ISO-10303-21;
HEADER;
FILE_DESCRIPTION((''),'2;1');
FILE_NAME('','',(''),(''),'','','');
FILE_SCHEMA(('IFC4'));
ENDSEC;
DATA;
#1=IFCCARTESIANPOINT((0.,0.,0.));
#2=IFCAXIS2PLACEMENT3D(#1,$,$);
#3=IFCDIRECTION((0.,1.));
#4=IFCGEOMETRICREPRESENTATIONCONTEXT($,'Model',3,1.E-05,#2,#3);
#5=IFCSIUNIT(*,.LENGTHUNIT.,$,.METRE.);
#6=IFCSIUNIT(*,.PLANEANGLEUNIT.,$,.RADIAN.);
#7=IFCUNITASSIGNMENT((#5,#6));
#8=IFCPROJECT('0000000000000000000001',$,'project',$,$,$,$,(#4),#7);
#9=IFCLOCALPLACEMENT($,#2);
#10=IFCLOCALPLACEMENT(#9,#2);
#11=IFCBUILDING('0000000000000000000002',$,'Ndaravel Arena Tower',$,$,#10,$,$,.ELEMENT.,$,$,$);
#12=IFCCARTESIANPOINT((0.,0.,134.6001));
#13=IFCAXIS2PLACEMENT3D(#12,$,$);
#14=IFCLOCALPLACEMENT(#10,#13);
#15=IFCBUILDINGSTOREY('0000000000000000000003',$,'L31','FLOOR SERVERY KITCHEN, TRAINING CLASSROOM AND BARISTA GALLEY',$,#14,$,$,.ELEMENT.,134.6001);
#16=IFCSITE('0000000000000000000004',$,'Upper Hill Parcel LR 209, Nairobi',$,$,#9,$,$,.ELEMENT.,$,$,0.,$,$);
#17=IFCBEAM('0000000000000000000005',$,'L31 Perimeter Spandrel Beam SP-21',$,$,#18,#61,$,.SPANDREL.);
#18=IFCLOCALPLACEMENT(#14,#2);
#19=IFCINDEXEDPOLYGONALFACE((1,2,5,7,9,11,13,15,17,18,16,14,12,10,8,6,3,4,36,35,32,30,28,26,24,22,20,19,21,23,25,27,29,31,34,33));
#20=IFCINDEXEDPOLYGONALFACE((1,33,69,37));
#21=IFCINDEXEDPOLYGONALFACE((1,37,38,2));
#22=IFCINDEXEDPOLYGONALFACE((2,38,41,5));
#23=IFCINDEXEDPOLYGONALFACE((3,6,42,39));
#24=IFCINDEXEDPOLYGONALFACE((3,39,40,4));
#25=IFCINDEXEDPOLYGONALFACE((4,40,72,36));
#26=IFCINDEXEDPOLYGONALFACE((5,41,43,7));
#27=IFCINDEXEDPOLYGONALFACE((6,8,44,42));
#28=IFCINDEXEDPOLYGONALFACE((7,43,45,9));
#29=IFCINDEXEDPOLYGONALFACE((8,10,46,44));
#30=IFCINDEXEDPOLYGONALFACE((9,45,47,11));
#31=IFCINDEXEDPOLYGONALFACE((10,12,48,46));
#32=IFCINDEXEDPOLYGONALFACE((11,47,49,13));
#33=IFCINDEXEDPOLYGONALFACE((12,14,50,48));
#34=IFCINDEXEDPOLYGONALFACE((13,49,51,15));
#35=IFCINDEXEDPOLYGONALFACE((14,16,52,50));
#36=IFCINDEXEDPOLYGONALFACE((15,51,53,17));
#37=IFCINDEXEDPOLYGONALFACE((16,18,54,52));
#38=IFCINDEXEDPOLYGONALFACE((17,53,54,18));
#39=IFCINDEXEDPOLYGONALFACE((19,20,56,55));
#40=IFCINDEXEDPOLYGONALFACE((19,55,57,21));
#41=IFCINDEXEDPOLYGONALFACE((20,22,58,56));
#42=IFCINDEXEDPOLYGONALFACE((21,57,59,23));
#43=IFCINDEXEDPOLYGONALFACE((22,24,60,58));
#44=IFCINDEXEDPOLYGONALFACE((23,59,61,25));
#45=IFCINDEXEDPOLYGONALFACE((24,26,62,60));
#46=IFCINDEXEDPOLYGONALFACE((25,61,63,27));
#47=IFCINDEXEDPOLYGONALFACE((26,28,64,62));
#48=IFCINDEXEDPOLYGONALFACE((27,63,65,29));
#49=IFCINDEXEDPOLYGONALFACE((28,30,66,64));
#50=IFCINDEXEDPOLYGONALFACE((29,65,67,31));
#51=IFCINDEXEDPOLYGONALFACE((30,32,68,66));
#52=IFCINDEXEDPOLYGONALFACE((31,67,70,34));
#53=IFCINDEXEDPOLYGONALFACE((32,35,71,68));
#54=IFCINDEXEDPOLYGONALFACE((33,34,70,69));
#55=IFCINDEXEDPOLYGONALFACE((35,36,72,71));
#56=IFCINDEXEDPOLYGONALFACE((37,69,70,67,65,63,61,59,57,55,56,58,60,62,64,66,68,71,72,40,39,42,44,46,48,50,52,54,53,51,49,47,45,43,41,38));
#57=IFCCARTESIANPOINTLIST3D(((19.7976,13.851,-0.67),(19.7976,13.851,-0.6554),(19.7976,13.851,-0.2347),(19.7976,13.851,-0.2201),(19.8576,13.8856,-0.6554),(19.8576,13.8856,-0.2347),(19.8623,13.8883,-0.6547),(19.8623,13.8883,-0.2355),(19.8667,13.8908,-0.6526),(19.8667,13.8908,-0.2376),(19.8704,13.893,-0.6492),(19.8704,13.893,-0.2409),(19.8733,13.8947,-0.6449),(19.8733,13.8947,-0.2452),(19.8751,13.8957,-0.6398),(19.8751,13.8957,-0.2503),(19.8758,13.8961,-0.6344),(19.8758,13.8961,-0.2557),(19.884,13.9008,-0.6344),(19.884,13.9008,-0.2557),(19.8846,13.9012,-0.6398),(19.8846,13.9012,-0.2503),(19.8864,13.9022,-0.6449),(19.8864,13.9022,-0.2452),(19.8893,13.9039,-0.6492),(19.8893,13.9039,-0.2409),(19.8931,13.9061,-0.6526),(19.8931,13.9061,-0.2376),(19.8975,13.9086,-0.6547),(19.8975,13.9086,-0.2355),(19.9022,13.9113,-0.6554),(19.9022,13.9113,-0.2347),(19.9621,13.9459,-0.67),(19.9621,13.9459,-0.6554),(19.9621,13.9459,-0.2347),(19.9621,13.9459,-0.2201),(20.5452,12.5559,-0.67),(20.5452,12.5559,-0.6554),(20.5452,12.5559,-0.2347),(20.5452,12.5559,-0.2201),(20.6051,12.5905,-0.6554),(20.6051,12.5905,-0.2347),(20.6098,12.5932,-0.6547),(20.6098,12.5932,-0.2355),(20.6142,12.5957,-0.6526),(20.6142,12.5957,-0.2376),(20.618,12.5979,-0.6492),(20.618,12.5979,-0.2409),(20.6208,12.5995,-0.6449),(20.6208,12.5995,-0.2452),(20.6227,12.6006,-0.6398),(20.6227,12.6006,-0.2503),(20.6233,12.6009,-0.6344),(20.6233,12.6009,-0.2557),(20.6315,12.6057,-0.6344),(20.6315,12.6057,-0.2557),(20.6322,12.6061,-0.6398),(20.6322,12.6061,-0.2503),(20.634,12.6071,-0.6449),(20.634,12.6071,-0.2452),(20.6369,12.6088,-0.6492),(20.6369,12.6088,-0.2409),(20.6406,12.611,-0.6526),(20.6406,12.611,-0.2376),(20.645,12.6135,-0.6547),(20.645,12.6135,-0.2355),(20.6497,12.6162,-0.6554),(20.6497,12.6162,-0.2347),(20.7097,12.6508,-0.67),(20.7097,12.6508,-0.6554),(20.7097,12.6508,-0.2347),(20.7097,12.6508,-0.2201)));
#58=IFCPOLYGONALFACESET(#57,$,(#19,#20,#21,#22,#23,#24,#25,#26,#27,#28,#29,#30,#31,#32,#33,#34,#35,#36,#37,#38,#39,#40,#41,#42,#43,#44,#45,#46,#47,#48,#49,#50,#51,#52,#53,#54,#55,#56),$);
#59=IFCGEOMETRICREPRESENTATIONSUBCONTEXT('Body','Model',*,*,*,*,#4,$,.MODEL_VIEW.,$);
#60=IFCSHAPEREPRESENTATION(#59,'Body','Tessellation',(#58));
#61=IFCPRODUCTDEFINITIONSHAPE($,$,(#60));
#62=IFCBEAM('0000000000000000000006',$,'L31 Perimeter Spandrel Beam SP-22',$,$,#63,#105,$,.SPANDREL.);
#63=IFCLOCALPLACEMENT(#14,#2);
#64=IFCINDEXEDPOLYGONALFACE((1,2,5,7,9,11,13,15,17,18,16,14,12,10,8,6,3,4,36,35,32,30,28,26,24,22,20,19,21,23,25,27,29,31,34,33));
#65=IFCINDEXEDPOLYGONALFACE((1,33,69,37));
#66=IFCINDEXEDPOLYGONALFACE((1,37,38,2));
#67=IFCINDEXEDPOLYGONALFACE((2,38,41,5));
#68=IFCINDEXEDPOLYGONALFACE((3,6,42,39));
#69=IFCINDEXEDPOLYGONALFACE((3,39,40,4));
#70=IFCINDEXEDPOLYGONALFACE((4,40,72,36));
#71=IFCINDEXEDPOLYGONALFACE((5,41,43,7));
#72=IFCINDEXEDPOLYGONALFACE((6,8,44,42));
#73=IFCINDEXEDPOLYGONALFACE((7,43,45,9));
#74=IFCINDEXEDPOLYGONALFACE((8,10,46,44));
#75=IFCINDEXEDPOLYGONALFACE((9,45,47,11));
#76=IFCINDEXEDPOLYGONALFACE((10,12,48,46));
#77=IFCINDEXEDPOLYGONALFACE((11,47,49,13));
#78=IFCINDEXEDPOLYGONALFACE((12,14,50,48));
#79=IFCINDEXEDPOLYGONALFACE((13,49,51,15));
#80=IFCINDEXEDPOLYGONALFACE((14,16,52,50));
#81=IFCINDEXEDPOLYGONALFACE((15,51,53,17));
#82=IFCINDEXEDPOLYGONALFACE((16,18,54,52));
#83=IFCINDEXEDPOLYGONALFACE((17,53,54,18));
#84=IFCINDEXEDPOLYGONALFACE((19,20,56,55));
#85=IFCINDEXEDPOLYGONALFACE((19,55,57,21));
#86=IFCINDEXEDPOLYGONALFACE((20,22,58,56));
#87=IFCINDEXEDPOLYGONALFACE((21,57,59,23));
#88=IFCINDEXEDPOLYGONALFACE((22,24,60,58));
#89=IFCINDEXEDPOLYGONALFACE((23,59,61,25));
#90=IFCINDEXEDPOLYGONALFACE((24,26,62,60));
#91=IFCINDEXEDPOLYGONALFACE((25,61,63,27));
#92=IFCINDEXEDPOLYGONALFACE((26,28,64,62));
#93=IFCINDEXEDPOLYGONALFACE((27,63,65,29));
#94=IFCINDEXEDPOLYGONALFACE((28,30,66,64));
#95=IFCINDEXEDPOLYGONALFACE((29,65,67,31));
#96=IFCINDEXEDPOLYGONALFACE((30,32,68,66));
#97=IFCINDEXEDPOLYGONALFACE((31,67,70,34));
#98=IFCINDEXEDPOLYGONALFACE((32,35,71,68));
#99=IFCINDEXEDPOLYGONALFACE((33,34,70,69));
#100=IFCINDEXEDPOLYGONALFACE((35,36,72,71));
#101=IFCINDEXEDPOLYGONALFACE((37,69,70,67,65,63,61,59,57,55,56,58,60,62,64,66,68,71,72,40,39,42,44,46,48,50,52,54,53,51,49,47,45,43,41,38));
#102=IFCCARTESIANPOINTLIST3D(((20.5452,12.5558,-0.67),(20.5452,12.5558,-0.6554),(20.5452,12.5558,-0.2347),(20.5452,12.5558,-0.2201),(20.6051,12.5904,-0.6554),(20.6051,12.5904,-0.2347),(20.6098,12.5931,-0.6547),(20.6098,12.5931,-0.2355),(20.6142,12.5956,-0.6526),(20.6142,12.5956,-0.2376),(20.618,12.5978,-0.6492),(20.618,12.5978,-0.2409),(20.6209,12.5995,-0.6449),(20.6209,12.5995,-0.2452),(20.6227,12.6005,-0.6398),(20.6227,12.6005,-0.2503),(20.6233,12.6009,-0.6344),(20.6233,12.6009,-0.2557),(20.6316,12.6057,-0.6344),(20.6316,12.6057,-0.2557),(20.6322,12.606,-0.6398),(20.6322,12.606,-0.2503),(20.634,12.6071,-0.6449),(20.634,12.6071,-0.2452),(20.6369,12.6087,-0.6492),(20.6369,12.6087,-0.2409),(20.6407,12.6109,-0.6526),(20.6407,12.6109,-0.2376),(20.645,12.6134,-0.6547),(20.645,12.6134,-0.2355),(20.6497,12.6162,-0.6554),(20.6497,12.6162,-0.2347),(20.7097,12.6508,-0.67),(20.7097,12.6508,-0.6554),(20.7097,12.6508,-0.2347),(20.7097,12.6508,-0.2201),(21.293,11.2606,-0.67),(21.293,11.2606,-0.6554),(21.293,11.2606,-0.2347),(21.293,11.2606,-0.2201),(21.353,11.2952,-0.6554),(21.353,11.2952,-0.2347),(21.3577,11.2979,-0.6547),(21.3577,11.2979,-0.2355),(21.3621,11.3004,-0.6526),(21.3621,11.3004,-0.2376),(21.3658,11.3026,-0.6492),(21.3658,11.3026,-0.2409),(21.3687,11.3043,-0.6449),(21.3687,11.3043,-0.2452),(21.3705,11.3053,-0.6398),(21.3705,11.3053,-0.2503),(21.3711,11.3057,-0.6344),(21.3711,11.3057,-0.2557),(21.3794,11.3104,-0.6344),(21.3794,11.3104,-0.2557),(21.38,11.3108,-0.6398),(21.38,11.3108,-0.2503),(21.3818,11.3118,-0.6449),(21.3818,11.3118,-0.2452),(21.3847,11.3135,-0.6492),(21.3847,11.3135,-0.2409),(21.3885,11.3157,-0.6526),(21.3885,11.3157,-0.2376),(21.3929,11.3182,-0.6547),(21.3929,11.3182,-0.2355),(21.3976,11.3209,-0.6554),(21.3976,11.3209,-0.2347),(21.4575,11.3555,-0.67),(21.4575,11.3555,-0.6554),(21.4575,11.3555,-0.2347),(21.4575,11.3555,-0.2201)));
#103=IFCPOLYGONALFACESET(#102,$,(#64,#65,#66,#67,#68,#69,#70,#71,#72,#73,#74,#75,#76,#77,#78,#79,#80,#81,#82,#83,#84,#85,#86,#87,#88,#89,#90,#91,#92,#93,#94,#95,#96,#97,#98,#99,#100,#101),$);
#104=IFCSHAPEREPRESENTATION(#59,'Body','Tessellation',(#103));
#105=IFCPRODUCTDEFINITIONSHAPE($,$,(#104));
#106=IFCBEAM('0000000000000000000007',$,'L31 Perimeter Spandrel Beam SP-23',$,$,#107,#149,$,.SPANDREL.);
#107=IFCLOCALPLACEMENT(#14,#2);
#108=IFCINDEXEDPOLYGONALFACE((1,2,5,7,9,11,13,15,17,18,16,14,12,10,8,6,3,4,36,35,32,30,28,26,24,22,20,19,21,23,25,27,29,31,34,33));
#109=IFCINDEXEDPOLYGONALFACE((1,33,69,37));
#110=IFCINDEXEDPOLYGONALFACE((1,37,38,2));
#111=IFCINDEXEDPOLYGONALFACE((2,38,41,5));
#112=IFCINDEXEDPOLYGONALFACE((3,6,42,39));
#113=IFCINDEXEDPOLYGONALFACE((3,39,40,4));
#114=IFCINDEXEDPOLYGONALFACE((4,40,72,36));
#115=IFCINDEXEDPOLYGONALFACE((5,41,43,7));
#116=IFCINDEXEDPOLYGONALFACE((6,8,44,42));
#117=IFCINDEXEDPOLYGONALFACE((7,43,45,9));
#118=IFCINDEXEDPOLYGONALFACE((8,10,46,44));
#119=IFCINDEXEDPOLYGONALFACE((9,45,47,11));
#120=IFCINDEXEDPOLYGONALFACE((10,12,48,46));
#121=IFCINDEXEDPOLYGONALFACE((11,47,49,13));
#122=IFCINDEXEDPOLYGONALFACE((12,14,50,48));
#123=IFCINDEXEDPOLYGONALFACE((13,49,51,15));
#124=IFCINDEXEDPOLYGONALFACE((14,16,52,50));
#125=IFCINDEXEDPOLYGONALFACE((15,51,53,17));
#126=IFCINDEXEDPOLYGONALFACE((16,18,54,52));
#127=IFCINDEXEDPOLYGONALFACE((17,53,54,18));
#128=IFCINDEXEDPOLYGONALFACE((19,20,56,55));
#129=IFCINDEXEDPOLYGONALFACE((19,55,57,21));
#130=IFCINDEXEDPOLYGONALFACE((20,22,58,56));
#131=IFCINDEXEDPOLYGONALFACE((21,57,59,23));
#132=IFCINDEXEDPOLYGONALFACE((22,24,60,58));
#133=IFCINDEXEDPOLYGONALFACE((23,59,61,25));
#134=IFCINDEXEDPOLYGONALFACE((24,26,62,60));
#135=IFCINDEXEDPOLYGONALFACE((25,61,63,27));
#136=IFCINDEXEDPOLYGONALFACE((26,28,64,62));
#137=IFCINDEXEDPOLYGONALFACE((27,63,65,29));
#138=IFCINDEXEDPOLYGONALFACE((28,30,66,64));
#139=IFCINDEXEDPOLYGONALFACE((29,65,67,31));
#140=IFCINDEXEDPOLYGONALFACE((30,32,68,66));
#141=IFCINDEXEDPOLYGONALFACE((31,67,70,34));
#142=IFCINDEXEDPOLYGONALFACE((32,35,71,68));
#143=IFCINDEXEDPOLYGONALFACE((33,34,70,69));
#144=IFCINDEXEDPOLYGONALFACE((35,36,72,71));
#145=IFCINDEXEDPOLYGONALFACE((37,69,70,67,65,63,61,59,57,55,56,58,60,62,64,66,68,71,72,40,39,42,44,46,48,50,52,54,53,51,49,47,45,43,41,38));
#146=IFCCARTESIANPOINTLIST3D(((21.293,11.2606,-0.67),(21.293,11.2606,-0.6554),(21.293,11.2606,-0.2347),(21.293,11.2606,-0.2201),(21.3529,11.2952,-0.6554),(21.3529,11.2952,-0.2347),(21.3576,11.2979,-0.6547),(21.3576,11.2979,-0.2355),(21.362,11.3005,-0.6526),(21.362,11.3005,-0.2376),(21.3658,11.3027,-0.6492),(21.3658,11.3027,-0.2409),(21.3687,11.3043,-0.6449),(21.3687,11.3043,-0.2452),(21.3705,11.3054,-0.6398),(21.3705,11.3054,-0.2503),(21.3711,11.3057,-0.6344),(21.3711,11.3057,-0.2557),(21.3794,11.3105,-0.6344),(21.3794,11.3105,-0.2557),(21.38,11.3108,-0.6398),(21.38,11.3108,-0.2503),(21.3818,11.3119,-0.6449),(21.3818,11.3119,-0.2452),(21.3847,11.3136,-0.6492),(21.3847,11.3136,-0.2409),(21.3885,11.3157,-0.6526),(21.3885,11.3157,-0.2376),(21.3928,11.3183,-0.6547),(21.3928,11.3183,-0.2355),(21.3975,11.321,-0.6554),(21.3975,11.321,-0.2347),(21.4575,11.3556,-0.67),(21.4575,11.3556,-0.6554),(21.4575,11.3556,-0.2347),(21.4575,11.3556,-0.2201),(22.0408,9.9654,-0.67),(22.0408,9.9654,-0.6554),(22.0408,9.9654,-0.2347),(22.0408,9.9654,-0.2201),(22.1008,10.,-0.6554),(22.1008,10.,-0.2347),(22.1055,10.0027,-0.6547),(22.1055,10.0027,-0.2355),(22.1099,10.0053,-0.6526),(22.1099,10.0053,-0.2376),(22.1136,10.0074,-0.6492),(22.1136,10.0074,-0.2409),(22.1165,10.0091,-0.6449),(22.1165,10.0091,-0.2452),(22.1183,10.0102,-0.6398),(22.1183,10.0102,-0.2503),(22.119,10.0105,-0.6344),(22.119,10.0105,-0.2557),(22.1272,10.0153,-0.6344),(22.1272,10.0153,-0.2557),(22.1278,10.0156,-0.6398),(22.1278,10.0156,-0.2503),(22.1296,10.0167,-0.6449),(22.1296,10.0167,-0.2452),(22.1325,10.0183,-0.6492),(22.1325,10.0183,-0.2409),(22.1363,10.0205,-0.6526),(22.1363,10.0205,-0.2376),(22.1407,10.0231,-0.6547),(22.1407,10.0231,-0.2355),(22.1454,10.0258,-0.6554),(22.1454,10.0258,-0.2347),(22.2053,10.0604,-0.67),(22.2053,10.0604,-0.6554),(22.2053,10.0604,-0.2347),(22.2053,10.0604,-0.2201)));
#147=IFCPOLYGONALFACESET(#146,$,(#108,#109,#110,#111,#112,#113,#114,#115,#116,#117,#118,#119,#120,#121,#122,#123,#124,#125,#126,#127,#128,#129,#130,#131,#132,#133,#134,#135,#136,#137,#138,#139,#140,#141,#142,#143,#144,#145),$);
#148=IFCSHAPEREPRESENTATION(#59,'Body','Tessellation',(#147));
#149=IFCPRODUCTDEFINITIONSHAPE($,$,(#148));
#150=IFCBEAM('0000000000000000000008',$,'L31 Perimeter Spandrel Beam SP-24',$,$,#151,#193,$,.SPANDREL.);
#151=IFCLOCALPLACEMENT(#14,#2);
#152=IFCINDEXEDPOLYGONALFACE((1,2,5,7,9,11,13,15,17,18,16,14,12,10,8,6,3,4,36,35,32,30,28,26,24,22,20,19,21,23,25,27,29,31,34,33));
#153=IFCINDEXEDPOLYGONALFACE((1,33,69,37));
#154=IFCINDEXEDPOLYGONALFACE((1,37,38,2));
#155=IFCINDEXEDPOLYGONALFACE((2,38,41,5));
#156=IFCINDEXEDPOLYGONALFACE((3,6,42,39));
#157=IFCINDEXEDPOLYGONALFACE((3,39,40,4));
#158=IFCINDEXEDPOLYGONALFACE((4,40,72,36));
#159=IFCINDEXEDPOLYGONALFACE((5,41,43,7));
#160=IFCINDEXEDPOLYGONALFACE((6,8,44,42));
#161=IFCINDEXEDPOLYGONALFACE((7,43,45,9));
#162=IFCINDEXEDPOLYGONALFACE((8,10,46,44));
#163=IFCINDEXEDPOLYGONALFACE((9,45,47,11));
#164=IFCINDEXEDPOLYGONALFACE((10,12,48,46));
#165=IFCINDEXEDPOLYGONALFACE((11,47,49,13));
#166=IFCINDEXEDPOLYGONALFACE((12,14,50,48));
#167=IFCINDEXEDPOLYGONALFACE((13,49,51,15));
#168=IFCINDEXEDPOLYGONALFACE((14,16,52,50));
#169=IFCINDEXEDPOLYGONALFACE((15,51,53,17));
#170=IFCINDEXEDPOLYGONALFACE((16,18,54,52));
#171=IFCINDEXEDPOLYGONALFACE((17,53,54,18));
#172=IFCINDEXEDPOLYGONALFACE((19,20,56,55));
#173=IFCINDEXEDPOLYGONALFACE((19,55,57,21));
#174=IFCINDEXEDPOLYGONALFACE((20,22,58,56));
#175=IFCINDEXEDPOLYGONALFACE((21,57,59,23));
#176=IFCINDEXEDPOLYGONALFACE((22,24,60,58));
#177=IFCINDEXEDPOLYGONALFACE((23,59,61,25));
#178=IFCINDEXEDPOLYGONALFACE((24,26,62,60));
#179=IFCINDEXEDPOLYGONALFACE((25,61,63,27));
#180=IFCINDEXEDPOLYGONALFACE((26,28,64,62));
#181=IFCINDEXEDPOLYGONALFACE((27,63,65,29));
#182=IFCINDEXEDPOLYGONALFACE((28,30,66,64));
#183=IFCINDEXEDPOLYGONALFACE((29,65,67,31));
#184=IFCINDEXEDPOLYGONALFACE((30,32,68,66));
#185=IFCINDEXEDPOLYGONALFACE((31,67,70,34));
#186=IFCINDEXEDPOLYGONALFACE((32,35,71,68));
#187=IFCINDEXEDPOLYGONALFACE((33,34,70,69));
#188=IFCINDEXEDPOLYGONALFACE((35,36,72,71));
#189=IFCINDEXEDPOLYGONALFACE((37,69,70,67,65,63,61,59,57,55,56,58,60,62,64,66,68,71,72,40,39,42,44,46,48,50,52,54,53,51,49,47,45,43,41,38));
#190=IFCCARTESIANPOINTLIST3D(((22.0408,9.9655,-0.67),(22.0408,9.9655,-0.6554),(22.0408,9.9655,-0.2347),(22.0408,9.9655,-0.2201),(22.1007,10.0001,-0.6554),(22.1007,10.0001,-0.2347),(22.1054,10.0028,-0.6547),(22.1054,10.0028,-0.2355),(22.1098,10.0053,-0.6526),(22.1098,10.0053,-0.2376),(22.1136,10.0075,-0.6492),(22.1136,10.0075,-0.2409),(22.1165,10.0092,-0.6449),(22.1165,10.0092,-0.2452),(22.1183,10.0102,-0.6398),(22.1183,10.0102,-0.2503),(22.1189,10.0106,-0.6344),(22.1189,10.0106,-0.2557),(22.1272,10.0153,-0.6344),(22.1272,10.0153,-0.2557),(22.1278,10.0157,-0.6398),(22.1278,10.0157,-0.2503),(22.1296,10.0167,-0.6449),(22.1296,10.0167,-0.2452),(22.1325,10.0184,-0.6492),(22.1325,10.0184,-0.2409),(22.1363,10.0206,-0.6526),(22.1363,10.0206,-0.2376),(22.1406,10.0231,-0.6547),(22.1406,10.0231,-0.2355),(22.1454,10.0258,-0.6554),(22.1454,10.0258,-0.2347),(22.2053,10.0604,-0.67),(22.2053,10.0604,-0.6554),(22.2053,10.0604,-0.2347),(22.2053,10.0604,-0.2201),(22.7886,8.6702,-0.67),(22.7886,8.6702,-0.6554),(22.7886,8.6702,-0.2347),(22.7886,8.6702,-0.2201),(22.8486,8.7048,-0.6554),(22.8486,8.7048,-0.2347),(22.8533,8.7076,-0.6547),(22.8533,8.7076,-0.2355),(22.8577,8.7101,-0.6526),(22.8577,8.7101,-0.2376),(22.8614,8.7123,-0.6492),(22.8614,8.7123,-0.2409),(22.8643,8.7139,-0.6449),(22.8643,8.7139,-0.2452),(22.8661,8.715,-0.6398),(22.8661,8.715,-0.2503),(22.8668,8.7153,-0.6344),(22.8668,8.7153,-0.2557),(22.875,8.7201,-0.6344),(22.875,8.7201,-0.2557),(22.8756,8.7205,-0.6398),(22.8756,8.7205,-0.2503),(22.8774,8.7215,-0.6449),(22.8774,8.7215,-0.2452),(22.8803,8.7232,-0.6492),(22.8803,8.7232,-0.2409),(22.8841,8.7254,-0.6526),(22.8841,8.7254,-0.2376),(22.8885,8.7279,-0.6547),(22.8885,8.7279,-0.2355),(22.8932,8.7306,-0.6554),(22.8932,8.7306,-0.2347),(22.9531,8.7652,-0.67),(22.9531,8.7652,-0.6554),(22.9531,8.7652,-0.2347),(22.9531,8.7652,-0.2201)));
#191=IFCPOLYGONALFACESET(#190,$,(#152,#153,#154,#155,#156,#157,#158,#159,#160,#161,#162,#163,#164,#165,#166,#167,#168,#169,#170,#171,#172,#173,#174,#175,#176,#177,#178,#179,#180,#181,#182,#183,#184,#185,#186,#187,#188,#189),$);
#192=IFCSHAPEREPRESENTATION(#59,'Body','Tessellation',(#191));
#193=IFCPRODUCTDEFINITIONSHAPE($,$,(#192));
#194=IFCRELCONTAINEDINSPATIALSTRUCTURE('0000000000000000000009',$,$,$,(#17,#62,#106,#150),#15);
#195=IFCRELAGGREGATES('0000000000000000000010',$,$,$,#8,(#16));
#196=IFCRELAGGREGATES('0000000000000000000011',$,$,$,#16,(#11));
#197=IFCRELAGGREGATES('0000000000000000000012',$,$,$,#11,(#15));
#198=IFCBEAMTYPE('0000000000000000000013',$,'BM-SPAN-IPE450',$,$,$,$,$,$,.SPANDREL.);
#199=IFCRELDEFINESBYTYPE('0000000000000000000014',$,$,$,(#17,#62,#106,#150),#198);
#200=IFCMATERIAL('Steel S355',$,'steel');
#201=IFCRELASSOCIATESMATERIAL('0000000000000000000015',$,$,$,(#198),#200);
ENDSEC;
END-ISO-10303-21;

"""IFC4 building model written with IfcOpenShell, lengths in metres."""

from ifc_helpers import new_model, si_unit, direction, frame, origin, origin_2d, place, context, subcontext, project, spatial, i_section, extrude, material, material_profile, profile_set, type_object, element, save


model = new_model("IFC4")

# Units and contexts
model_context = context("Model", 3, precision=1e-05, world=origin(), true_north=direction((0.0, 1.0)))
body_context = subcontext(model_context, "Body", "Model", "MODEL_VIEW")
ifc_project = project(units=[si_unit("LENGTHUNIT", "METRE"), si_unit("PLANEANGLEUNIT", "RADIAN")], contexts=[model_context])

# Site, building, storey
site_placement = place(None, origin())
site = spatial("IfcSite", under=ifc_project, at=site_placement, Name="Upper Hill Parcel LR 209, Nairobi", CompositionType="ELEMENT", RefElevation=0.0)
building_placement = place(site_placement, origin())
building = spatial("IfcBuilding", under=site, at=building_placement, Name="Ndaravel Arena Tower", CompositionType="ELEMENT")
storey_placement = place(building_placement, frame((0.0, 0.0, 134.6001)))
storey = spatial("IfcBuildingStorey", under=building, at=storey_placement, Name="L31", Description="FLOOR SERVERY KITCHEN, TRAINING CLASSROOM AND BARISTA GALLEY", CompositionType="ELEMENT", Elevation=134.6001)

# Beams
ifc_material_1 = material(Name="Steel S355", Category="steel")
ifc_material_profile_1 = material_profile(ifc_material_1, i_section(OverallWidth=0.1899, OverallDepth=0.45, WebThickness=0.0095, FlangeThickness=0.0146, FilletRadius=0.021, at=origin_2d()), Name="IPE 450")
ifc_profile_set_1 = profile_set([ifc_material_profile_1], Name="Steel S355")
beam_type = type_object("IfcBeamType", Name="BM-SPAN-IPE450", PredefinedType="SPANDREL", material=ifc_profile_set_1)
beam_placement = place(storey_placement, frame((19.8799, 13.8984, -0.4451), z_axis=(0.499897, -0.866085, 0.0), x_axis=(0.866085, 0.499897, 0.0)))
element("IfcBeam", 1, at=beam_placement, inside=storey, type_object=beam_type, Name="L31 Perimeter Spandrel Beam SP-21", PredefinedType="SPANDREL", context=body_context, shape_type="SweptSolid", body=[
    extrude(i_section(OverallWidth=0.1899, OverallDepth=0.45, WebThickness=0.0095, FlangeThickness=0.0146, FilletRadius=0.021, at=origin_2d()), origin(), (0.0, 0.0, 1.0), 1.4954),
])
for number, where, z_axis, x_axis, name in (
    (2, (20.6274, 12.6033, -0.4451), (0.500019, -0.866014, 0.0), (0.866014, 0.500019, 0.0), "L31 Perimeter Spandrel Beam SP-22"),
    (3, (21.3752, 11.3081, -0.4451), (0.500019, -0.866014, 0.0), (0.866014, 0.500019, 0.0), "L31 Perimeter Spandrel Beam SP-23"),
    (4, (22.123, 10.0129, -0.4451), (0.500019, -0.866014, 0.0), (0.866014, 0.500019, 0.0), "L31 Perimeter Spandrel Beam SP-24"),
):
    element("IfcBeam", number, at=place(storey_placement, frame(where, z_axis=z_axis, x_axis=x_axis)), inside=storey, type_object=beam_type, Name=name, PredefinedType="SPANDREL", context=body_context, shape_type="SweptSolid", body=[
        extrude(i_section(OverallWidth=0.1899, OverallDepth=0.45, WebThickness=0.0095, FlangeThickness=0.0146, FilletRadius=0.021, at=origin_2d()), origin(), (0.0, 0.0, 1.0), 1.4956),
    ])

save(model, "model.ifc")
